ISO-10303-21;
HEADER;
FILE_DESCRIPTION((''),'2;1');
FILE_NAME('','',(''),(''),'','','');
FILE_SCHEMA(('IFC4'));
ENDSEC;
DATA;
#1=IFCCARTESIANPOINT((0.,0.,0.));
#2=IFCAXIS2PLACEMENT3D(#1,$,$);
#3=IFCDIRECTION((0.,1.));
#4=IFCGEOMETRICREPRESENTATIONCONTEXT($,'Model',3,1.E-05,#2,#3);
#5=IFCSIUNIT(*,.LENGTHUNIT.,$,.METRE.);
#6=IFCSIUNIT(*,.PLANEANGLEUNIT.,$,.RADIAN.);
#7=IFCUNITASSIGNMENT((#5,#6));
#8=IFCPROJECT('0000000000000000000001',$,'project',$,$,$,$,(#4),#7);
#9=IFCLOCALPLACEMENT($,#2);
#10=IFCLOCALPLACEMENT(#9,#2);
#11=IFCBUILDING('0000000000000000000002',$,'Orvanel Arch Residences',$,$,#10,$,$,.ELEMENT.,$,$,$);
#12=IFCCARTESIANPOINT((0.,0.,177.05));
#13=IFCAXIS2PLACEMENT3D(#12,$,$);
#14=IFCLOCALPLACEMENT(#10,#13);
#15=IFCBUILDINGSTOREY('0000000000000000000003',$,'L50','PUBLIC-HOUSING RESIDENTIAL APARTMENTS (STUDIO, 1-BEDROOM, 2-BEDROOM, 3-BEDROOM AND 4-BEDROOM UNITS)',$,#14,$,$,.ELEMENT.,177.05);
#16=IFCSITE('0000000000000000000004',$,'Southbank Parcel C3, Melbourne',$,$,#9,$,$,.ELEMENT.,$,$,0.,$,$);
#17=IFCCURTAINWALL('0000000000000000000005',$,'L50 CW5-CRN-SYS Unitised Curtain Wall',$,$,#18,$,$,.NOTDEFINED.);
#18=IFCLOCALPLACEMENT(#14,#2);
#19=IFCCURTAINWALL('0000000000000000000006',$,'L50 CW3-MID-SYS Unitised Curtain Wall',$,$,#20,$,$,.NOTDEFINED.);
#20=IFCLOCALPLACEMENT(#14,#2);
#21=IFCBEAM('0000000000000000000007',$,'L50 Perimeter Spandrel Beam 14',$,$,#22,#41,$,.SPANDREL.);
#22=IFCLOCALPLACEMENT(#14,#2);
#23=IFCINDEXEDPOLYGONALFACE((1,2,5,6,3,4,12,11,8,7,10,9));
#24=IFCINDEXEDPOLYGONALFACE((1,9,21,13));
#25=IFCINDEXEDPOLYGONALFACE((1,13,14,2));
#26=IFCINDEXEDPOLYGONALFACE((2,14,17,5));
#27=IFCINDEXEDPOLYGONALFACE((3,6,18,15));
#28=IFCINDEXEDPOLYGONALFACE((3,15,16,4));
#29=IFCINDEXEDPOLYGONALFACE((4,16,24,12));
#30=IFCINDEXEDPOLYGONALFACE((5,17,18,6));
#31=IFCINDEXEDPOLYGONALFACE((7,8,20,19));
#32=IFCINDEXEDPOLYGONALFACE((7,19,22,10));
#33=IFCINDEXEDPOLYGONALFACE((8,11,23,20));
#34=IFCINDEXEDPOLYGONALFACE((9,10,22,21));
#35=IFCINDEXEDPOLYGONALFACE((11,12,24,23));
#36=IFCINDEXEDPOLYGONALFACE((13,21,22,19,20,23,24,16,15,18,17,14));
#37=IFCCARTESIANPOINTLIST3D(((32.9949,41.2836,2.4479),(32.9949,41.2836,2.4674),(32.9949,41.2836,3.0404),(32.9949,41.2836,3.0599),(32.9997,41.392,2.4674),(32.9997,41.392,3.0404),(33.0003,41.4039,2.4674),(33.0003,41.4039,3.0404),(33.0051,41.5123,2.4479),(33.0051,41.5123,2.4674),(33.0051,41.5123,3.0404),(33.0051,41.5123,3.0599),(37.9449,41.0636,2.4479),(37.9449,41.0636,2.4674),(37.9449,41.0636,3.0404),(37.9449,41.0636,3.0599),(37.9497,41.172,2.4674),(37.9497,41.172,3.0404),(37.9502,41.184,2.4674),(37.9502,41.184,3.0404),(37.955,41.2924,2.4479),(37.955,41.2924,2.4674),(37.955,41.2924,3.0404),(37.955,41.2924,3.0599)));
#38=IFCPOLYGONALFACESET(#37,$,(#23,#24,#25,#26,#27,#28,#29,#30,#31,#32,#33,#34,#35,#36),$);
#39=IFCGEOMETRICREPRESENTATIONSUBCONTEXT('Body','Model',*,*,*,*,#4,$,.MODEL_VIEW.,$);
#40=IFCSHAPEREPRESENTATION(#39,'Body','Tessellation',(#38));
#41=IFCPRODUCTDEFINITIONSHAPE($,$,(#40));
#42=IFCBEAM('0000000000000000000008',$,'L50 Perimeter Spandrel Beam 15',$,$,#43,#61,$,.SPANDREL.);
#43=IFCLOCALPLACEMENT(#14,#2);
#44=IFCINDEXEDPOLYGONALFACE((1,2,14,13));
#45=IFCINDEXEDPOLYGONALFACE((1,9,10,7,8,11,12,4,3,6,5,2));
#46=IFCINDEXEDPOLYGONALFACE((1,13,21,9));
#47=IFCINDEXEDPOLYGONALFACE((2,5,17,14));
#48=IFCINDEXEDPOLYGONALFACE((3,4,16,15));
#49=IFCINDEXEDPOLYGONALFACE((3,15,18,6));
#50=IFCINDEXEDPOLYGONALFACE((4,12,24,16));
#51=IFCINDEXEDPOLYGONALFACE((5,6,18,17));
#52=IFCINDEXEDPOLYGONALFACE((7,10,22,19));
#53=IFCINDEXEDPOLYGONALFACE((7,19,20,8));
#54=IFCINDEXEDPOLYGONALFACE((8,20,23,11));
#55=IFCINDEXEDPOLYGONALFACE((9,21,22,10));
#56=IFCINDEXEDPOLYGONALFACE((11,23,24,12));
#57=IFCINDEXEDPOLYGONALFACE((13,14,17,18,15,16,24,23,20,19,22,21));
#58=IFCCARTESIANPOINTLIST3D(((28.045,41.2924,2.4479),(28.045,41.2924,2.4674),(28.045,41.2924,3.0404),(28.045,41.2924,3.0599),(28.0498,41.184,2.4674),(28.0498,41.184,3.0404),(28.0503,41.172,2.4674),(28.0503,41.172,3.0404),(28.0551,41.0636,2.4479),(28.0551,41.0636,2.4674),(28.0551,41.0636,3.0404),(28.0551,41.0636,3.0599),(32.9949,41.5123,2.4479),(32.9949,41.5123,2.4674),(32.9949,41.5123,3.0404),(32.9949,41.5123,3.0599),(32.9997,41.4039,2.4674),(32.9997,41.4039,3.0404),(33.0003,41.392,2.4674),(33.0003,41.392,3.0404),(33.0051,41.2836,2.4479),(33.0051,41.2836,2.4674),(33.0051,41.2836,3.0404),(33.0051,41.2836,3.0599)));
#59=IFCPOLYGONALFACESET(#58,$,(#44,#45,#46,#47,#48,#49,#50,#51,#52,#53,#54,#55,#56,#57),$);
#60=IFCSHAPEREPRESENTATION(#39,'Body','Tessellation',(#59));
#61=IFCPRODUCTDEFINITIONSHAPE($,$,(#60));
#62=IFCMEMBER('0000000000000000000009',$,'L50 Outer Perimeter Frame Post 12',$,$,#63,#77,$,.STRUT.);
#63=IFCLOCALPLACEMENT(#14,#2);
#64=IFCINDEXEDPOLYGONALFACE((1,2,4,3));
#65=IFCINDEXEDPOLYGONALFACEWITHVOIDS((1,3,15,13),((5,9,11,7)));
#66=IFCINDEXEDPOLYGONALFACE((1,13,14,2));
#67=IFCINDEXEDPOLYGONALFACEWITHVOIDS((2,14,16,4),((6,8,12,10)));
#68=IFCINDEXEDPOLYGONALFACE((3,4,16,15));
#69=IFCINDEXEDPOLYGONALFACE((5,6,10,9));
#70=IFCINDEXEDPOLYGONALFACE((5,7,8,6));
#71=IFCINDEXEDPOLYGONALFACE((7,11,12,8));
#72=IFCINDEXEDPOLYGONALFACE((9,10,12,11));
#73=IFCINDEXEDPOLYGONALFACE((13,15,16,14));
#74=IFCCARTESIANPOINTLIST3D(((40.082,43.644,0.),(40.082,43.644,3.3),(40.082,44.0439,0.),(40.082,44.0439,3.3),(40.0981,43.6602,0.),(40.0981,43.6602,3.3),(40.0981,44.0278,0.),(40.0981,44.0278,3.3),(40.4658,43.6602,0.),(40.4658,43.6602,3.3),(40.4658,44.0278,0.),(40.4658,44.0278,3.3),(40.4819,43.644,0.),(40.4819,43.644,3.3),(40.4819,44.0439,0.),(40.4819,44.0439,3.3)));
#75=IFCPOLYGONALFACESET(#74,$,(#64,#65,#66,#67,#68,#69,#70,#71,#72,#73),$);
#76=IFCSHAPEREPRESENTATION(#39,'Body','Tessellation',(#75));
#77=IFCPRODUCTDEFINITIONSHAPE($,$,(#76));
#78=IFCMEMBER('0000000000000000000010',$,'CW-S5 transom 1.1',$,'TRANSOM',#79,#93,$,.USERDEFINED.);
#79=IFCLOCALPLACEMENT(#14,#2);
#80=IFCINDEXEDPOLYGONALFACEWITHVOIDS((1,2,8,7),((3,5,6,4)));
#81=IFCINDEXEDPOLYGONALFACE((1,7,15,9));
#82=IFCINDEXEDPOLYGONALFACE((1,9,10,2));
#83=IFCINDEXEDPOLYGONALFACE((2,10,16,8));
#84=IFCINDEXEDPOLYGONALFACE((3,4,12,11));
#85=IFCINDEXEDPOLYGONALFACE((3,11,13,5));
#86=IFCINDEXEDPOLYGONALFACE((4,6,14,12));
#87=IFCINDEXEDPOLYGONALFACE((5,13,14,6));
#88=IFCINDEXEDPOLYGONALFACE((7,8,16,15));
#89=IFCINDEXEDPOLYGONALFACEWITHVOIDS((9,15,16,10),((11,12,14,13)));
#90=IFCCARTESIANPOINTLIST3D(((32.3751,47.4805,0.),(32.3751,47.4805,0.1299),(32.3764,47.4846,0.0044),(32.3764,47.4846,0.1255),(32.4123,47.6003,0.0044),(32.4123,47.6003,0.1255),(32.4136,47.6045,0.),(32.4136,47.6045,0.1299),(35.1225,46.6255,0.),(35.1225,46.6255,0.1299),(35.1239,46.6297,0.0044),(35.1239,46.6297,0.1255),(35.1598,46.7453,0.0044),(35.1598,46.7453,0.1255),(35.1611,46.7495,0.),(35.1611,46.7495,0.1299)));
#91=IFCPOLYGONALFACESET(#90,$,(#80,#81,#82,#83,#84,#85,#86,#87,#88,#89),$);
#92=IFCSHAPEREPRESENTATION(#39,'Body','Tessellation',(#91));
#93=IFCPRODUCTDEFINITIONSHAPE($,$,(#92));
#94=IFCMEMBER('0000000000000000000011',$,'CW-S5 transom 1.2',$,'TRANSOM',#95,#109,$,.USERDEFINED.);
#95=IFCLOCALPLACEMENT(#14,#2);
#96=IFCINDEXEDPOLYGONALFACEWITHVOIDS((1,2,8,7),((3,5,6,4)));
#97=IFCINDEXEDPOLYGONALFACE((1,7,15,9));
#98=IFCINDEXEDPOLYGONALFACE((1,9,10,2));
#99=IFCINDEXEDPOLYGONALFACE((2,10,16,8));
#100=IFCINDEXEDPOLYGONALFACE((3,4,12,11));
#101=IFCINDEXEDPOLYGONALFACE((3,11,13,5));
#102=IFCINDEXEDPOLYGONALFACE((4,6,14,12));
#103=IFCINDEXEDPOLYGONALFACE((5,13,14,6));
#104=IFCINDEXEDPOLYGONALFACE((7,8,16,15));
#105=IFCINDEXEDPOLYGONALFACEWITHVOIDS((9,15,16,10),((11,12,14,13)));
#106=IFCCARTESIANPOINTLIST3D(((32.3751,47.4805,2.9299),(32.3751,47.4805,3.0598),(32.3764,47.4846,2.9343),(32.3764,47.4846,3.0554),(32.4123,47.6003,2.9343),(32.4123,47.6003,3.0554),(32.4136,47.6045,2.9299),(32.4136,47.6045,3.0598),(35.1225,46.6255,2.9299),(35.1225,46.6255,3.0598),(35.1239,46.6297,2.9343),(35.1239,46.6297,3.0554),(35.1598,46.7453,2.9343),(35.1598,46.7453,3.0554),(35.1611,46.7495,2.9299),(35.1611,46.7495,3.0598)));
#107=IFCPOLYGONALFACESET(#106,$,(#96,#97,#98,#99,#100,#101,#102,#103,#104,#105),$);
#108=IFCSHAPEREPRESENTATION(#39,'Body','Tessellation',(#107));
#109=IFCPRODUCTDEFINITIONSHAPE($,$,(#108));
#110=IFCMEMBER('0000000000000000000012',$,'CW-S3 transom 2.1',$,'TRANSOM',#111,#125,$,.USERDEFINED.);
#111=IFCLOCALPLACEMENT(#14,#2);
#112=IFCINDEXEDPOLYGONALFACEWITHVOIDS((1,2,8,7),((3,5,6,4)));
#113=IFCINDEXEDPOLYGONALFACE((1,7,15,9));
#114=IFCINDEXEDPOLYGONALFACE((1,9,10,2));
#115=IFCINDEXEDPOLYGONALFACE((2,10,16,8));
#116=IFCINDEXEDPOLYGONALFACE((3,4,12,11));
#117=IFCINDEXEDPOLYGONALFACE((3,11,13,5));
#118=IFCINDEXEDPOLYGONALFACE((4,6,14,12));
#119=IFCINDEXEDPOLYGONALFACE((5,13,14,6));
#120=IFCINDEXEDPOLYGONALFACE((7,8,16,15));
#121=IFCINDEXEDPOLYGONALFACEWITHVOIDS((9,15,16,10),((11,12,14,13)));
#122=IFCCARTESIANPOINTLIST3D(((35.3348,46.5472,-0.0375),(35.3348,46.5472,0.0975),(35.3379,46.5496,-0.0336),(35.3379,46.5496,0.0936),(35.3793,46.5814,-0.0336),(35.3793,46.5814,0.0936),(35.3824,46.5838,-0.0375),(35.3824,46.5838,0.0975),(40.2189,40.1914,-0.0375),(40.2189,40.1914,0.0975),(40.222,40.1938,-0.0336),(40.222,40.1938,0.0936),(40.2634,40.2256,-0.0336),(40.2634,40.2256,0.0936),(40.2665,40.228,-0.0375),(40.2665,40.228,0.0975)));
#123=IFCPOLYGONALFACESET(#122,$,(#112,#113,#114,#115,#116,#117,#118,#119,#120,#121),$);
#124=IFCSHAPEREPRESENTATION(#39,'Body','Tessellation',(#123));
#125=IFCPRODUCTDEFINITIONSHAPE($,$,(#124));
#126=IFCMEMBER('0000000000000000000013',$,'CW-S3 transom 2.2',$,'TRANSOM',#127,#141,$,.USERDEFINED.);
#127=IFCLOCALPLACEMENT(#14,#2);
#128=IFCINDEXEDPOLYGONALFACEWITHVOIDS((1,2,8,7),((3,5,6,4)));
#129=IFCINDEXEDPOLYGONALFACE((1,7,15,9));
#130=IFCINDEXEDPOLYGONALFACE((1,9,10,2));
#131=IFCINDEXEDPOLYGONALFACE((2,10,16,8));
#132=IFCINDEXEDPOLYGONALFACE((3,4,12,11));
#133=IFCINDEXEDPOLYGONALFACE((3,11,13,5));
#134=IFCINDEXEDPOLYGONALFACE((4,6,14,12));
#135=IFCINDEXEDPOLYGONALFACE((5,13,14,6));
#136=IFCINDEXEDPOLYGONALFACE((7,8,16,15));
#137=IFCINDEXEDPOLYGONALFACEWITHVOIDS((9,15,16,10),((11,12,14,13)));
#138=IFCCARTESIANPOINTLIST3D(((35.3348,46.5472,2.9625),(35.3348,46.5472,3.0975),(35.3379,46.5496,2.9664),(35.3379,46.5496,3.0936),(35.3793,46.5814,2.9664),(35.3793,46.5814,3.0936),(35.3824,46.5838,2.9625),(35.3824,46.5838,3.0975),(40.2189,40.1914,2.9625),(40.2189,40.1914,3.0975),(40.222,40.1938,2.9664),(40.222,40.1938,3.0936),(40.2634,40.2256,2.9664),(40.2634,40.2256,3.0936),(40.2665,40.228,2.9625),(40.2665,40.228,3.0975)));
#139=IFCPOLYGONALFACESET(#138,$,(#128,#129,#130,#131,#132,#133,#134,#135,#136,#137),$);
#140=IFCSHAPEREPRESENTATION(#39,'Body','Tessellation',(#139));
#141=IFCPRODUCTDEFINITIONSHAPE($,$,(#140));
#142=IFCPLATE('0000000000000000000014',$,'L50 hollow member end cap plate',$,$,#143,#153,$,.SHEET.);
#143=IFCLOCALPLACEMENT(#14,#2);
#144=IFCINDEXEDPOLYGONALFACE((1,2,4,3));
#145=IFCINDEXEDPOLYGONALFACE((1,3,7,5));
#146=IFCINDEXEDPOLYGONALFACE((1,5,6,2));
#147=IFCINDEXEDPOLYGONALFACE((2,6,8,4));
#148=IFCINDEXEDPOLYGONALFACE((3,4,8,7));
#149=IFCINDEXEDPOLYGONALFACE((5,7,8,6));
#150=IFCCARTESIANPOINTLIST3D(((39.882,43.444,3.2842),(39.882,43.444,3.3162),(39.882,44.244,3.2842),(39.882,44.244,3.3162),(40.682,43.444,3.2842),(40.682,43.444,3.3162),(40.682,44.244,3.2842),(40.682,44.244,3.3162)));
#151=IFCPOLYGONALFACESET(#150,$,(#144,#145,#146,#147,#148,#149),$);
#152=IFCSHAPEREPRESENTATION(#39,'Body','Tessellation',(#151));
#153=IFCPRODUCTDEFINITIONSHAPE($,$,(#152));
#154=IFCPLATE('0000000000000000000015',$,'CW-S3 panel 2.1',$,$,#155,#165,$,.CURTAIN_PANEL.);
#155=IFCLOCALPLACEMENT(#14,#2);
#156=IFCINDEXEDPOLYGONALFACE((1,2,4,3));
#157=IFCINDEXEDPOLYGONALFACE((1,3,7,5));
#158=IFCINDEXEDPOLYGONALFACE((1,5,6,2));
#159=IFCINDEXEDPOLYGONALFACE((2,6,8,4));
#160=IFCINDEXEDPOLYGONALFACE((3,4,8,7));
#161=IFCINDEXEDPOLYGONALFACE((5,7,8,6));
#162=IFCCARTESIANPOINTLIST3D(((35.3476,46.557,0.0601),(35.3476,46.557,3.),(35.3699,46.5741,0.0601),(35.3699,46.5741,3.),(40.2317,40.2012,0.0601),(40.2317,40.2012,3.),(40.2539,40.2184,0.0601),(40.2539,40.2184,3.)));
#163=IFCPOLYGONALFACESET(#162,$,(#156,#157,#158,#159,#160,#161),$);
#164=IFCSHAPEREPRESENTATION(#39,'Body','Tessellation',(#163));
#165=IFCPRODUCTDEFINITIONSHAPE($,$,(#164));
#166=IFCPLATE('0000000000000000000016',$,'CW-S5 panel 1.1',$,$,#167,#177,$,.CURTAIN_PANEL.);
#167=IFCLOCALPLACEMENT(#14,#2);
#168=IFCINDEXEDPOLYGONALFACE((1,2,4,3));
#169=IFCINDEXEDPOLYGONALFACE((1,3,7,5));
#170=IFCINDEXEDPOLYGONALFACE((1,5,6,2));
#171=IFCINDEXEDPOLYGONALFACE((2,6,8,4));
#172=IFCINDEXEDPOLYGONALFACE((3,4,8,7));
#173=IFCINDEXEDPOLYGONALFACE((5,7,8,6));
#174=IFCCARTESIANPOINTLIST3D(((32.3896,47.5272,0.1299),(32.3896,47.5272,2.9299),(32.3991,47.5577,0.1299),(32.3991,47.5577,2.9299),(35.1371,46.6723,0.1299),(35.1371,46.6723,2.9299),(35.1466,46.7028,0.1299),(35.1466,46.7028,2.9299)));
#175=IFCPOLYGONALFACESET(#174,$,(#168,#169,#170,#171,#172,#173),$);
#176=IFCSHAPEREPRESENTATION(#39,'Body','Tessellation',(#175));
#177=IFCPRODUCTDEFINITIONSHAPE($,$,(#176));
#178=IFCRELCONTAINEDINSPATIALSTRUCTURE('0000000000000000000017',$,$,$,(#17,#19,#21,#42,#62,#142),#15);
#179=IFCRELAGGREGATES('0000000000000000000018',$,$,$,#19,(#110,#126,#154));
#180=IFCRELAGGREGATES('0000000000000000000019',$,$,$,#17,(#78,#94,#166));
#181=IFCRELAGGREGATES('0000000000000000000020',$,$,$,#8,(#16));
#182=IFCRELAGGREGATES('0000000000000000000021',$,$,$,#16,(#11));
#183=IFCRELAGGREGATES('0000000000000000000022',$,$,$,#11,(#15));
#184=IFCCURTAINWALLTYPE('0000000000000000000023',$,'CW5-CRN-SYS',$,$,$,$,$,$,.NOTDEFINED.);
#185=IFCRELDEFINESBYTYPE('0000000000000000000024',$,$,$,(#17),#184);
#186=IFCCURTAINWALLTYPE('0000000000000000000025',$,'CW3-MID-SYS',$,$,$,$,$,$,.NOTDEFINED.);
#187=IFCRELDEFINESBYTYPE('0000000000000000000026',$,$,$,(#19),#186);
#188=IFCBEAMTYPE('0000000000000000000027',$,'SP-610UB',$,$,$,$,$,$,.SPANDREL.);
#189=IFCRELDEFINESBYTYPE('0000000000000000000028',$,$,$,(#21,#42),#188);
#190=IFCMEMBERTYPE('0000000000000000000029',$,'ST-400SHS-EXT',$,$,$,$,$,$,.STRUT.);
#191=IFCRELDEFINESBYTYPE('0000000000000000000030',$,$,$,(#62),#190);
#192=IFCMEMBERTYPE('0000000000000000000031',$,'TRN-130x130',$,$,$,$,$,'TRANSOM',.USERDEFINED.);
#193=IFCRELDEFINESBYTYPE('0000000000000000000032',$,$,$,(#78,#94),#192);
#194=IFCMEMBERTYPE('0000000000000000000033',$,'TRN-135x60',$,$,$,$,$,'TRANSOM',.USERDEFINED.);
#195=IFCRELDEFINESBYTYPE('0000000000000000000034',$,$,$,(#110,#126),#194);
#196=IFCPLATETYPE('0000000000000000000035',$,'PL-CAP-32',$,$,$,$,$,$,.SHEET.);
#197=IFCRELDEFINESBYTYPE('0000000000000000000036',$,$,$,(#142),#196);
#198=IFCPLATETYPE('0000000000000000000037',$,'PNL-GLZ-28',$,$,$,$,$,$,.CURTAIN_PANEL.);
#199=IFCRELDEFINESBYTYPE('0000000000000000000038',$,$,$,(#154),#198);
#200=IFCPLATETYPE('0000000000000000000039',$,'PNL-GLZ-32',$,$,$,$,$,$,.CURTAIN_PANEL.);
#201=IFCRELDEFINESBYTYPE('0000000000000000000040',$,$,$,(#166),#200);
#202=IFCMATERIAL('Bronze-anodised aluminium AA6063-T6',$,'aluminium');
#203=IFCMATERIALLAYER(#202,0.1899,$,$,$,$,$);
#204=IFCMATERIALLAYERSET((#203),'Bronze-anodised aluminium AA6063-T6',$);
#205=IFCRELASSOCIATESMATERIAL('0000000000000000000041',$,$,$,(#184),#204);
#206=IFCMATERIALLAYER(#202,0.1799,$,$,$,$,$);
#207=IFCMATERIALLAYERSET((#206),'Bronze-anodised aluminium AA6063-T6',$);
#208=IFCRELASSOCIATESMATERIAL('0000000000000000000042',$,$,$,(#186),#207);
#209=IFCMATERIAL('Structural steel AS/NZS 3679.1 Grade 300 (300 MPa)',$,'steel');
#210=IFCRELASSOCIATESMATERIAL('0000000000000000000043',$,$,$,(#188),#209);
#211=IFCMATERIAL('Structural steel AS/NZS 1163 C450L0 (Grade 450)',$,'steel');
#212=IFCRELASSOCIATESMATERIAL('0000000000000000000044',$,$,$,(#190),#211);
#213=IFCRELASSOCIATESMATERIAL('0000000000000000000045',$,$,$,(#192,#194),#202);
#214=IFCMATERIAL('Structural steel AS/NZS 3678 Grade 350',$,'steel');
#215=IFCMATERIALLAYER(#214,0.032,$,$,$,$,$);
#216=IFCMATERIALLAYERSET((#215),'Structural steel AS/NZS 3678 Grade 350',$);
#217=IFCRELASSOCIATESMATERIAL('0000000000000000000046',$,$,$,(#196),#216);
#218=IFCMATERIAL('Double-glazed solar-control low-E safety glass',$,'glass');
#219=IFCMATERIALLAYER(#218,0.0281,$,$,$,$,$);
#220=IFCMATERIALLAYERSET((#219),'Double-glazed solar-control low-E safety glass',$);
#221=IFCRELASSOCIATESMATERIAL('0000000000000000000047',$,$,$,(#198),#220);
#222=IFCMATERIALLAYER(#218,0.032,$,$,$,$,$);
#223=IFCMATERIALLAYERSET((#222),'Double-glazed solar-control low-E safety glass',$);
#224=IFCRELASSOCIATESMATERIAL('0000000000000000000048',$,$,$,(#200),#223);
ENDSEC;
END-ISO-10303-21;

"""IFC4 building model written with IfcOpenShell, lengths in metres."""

from ifc_helpers import new_model, si_unit, direction, frame, origin, origin_2d, place, context, subcontext, project, spatial, rectangle, hollow_rectangle, i_section, extrude, material, layer, layer_set, material_profile, profile_set, type_object, element, aggregate, save


model = new_model("IFC4")

# Units and contexts
model_context = context("Model", 3, precision=1e-05, world=origin(), true_north=direction((0.0, 1.0)))
body_context = subcontext(model_context, "Body", "Model", "MODEL_VIEW")
ifc_project = project(units=[si_unit("LENGTHUNIT", "METRE"), si_unit("PLANEANGLEUNIT", "RADIAN")], contexts=[model_context])

# Site, building, storey
site_placement = place(None, origin())
site = spatial("IfcSite", under=ifc_project, at=site_placement, Name="Southbank Parcel C3, Melbourne", CompositionType="ELEMENT", RefElevation=0.0)
building_placement = place(site_placement, origin())
building = spatial("IfcBuilding", under=site, at=building_placement, Name="Orvanel Arch Residences", CompositionType="ELEMENT")
storey_placement = place(building_placement, frame((0.0, 0.0, 177.05)))
storey = spatial("IfcBuildingStorey", under=building, at=storey_placement, Name="L50", Description="PUBLIC-HOUSING RESIDENTIAL APARTMENTS (STUDIO, 1-BEDROOM, 2-BEDROOM, 3-BEDROOM AND 4-BEDROOM UNITS)", CompositionType="ELEMENT", Elevation=177.05)

# Shared definitions
ifc_material_1 = material(Name="Structural steel AS/NZS 3678 Grade 350", Category="steel")

# Shared definitions
ifc_material_2 = material(Name="Structural steel AS/NZS 3679.1 Grade 300 (300 MPa)", Category="steel")

# Curtain wall
ifc_material_3 = material(Name="Bronze-anodised aluminium AA6063-T6", Category="aluminium")
ifc_layer_1 = layer(ifc_material_3, 0.1899)
ifc_layer_set_1 = layer_set([ifc_layer_1], Name="Bronze-anodised aluminium AA6063-T6")
curtain_wall_type_1 = type_object("IfcCurtainWallType", Name="CW5-CRN-SYS", PredefinedType="NOTDEFINED", material=ifc_layer_set_1)
curtain_wall_1_placement = place(storey_placement, origin())
curtain_wall_1 = element("IfcCurtainWall", 1, at=curtain_wall_1_placement, inside=storey, type_object=curtain_wall_type_1, Name="L50 CW5-CRN-SYS Unitised Curtain Wall", PredefinedType="NOTDEFINED")

# Curtain wall
ifc_layer_2 = layer(ifc_material_3, 0.1799)
ifc_layer_set_2 = layer_set([ifc_layer_2], Name="Bronze-anodised aluminium AA6063-T6")
curtain_wall_type_2 = type_object("IfcCurtainWallType", Name="CW3-MID-SYS", PredefinedType="NOTDEFINED", material=ifc_layer_set_2)
curtain_wall_2_placement = place(storey_placement, origin())
curtain_wall_2 = element("IfcCurtainWall", 2, at=curtain_wall_2_placement, inside=storey, type_object=curtain_wall_type_2, Name="L50 CW3-MID-SYS Unitised Curtain Wall", PredefinedType="NOTDEFINED")

# Beams
ifc_material_profile_1 = material_profile(ifc_material_2, i_section(OverallWidth=0.229, OverallDepth=0.6121, WebThickness=0.012, FlangeThickness=0.0195, at=origin_2d()), Name="610UB125")
ifc_profile_set_1 = profile_set([ifc_material_profile_1], Name="Structural steel AS/NZS 3679.1 Grade 300 (300 MPa)")
beam_type_1 = type_object("IfcBeamType", Name="SP-610UB", PredefinedType="SPANDREL", material=ifc_profile_set_1)
for number, where, z_axis, x_axis, name in (
    (3, (37.95, 41.178, 2.7539), (-0.999014, 0.044395, 0.0), (-0.044395, -0.999014, 0.0), "L50 Perimeter Spandrel Beam 14"),
    (4, (33.0, 41.3979, 2.7539), (-0.999014, -0.044395, 0.0), (0.044395, -0.999014, 0.0), "L50 Perimeter Spandrel Beam 15"),
):
    element("IfcBeam", number, at=place(storey_placement, frame(where, z_axis=z_axis, x_axis=x_axis)), inside=storey, type_object=beam_type_1, Name=name, PredefinedType="SPANDREL", context=body_context, shape_type="SweptSolid", body=[
        extrude(i_section(OverallWidth=0.229, OverallDepth=0.6121, WebThickness=0.012, FlangeThickness=0.0195, at=origin_2d()), origin(), (0.0, 0.0, 1.0), 4.9548),
    ])

# Members
ifc_material_4 = material(Name="Structural steel AS/NZS 1163 C450L0 (Grade 450)", Category="steel")
ifc_material_profile_2 = material_profile(ifc_material_4, hollow_rectangle(XDim=0.3999, YDim=0.3999, WallThickness=0.0161, at=origin_2d()), Name="SHS400x400x16")
ifc_profile_set_2 = profile_set([ifc_material_profile_2], Name="Structural steel AS/NZS 1163 C450L0 (Grade 450)")
member_type_1 = type_object("IfcMemberType", Name="ST-400SHS-EXT", PredefinedType="STRUT", material=ifc_profile_set_2)
member_1_placement = place(storey_placement, frame((40.282, 43.844, 0.0), z_axis=(0.0, 0.0, 1.0), x_axis=(1.0, 0.0, 0.0)))
element("IfcMember", 5, at=member_1_placement, inside=storey, type_object=member_type_1, Name="L50 Outer Perimeter Frame Post 12", PredefinedType="STRUT", context=body_context, shape_type="SweptSolid", body=[
    extrude(hollow_rectangle(XDim=0.3999, YDim=0.3999, WallThickness=0.0161, at=origin_2d()), origin(), (0.0, 0.0, 1.0), 3.3),
])
ifc_material_profile_3 = material_profile(ifc_material_3, hollow_rectangle(XDim=0.1299, YDim=0.1299, WallThickness=0.0044, at=origin_2d()), Name="ALU130x130x4.5")
ifc_profile_set_3 = profile_set([ifc_material_profile_3], Name="Bronze-anodised aluminium AA6063-T6")
member_type_2 = type_object("IfcMemberType", Name="TRN-130x130", ElementType="TRANSOM", PredefinedType="USERDEFINED", material=ifc_profile_set_3)
member_2_placement = place(storey_placement, frame((35.1418, 46.6875, 0.0649), z_axis=(-0.954839, 0.297125, 0.0), x_axis=(-0.297125, -0.954839, 0.0)))
member_2 = element("IfcMember", 6, at=member_2_placement, type_object=member_type_2, Name="CW-S5 transom 1.1", ObjectType="TRANSOM", PredefinedType="USERDEFINED", context=body_context, shape_type="SweptSolid", body=[
    extrude(hollow_rectangle(XDim=0.1299, YDim=0.1299, WallThickness=0.0044, at=origin_2d()), origin(), (0.0, 0.0, 1.0), 2.8774),
])
member_3_placement = place(storey_placement, frame((35.1418, 46.6875, 2.9949), z_axis=(-0.954839, 0.297125, 0.0), x_axis=(-0.297125, -0.954839, 0.0)))
member_3 = element("IfcMember", 7, at=member_3_placement, type_object=member_type_2, Name="CW-S5 transom 1.2", ObjectType="TRANSOM", PredefinedType="USERDEFINED", context=body_context, shape_type="SweptSolid", body=[
    extrude(hollow_rectangle(XDim=0.1299, YDim=0.1299, WallThickness=0.0044, at=origin_2d()), origin(), (0.0, 0.0, 1.0), 2.8774),
])
ifc_material_profile_4 = material_profile(ifc_material_3, hollow_rectangle(XDim=0.0601, YDim=0.135, WallThickness=0.0039, at=origin_2d()), Name="ALU135x60x4")
ifc_profile_set_4 = profile_set([ifc_material_profile_4], Name="Bronze-anodised aluminium AA6063-T6")
member_type_3 = type_object("IfcMemberType", Name="TRN-135x60", ElementType="TRANSOM", PredefinedType="USERDEFINED", material=ifc_profile_set_4)
member_4_placement = place(storey_placement, frame((40.2427, 40.2097, 0.03), z_axis=(-0.609321, 0.792924, 0.0), x_axis=(-0.792924, -0.609321, 0.0)))
member_4 = element("IfcMember", 8, at=member_4_placement, type_object=member_type_3, Name="CW-S3 transom 2.1", ObjectType="TRANSOM", PredefinedType="USERDEFINED", context=body_context, shape_type="SweptSolid", body=[
    extrude(hollow_rectangle(XDim=0.0601, YDim=0.135, WallThickness=0.0039, at=origin_2d()), origin(), (0.0, 0.0, 1.0), 8.0156),
])
member_5_placement = place(storey_placement, frame((40.2427, 40.2097, 3.03), z_axis=(-0.609321, 0.792924, 0.0), x_axis=(-0.792924, -0.609321, 0.0)))
member_5 = element("IfcMember", 9, at=member_5_placement, type_object=member_type_3, Name="CW-S3 transom 2.2", ObjectType="TRANSOM", PredefinedType="USERDEFINED", context=body_context, shape_type="SweptSolid", body=[
    extrude(hollow_rectangle(XDim=0.0601, YDim=0.135, WallThickness=0.0039, at=origin_2d()), origin(), (0.0, 0.0, 1.0), 8.0156),
])

# Plates
ifc_layer_3 = layer(ifc_material_1, 0.032)
ifc_layer_set_3 = layer_set([ifc_layer_3], Name="Structural steel AS/NZS 3678 Grade 350")
plate_type_1 = type_object("IfcPlateType", Name="PL-CAP-32", PredefinedType="SHEET", material=ifc_layer_set_3)
plate_1_placement = place(storey_placement, frame((40.282, 43.844, 3.2842), z_axis=(0.0, 0.0, 1.0), x_axis=(1.0, 0.0, 0.0)))
element("IfcPlate", 10, at=plate_1_placement, inside=storey, type_object=plate_type_1, Name="L50 hollow member end cap plate", PredefinedType="SHEET", context=body_context, shape_type="SweptSolid", body=[
    extrude(rectangle(XDim=0.8, YDim=0.8, at=origin_2d()), origin(), (0.0, 0.0, 1.0), 0.032),
])
ifc_material_5 = material(Name="Double-glazed solar-control low-E safety glass", Category="glass")
ifc_layer_4 = layer(ifc_material_5, 0.0281)
ifc_layer_set_4 = layer_set([ifc_layer_4], Name="Double-glazed solar-control low-E safety glass")
plate_type_2 = type_object("IfcPlateType", Name="PNL-GLZ-28", PredefinedType="CURTAIN_PANEL", material=ifc_layer_set_4)
plate_2_placement = place(storey_placement, frame((37.8008, 43.3877, 0.0601), z_axis=(0.0, 0.0, 1.0), x_axis=(-0.609318, 0.792926, 0.0)))
plate_2 = element("IfcPlate", 11, at=plate_2_placement, type_object=plate_type_2, Name="CW-S3 panel 2.1", PredefinedType="CURTAIN_PANEL", context=body_context, shape_type="SweptSolid", body=[
    extrude(rectangle(XDim=8.0156, YDim=0.0281, at=origin_2d()), origin(), (0.0, 0.0, 1.0), 2.9399),
])
aggregate(curtain_wall_2, [member_4, member_5, plate_2])
ifc_layer_5 = layer(ifc_material_5, 0.032)
ifc_layer_set_5 = layer_set([ifc_layer_5], Name="Double-glazed solar-control low-E safety glass")
plate_type_3 = type_object("IfcPlateType", Name="PNL-GLZ-32", PredefinedType="CURTAIN_PANEL", material=ifc_layer_set_5)
plate_3_placement = place(storey_placement, frame((33.7681, 47.115, 0.1299), z_axis=(0.0, 0.0, 1.0), x_axis=(-0.954849, 0.297092, 0.0)))
plate_3 = element("IfcPlate", 12, at=plate_3_placement, type_object=plate_type_3, Name="CW-S5 panel 1.1", PredefinedType="CURTAIN_PANEL", context=body_context, shape_type="SweptSolid", body=[
    extrude(rectangle(XDim=2.8774, YDim=0.032, at=origin_2d()), origin(), (0.0, 0.0, 1.0), 2.8),
])
aggregate(curtain_wall_1, [member_2, member_3, plate_3])

save(model, "model.ifc")
